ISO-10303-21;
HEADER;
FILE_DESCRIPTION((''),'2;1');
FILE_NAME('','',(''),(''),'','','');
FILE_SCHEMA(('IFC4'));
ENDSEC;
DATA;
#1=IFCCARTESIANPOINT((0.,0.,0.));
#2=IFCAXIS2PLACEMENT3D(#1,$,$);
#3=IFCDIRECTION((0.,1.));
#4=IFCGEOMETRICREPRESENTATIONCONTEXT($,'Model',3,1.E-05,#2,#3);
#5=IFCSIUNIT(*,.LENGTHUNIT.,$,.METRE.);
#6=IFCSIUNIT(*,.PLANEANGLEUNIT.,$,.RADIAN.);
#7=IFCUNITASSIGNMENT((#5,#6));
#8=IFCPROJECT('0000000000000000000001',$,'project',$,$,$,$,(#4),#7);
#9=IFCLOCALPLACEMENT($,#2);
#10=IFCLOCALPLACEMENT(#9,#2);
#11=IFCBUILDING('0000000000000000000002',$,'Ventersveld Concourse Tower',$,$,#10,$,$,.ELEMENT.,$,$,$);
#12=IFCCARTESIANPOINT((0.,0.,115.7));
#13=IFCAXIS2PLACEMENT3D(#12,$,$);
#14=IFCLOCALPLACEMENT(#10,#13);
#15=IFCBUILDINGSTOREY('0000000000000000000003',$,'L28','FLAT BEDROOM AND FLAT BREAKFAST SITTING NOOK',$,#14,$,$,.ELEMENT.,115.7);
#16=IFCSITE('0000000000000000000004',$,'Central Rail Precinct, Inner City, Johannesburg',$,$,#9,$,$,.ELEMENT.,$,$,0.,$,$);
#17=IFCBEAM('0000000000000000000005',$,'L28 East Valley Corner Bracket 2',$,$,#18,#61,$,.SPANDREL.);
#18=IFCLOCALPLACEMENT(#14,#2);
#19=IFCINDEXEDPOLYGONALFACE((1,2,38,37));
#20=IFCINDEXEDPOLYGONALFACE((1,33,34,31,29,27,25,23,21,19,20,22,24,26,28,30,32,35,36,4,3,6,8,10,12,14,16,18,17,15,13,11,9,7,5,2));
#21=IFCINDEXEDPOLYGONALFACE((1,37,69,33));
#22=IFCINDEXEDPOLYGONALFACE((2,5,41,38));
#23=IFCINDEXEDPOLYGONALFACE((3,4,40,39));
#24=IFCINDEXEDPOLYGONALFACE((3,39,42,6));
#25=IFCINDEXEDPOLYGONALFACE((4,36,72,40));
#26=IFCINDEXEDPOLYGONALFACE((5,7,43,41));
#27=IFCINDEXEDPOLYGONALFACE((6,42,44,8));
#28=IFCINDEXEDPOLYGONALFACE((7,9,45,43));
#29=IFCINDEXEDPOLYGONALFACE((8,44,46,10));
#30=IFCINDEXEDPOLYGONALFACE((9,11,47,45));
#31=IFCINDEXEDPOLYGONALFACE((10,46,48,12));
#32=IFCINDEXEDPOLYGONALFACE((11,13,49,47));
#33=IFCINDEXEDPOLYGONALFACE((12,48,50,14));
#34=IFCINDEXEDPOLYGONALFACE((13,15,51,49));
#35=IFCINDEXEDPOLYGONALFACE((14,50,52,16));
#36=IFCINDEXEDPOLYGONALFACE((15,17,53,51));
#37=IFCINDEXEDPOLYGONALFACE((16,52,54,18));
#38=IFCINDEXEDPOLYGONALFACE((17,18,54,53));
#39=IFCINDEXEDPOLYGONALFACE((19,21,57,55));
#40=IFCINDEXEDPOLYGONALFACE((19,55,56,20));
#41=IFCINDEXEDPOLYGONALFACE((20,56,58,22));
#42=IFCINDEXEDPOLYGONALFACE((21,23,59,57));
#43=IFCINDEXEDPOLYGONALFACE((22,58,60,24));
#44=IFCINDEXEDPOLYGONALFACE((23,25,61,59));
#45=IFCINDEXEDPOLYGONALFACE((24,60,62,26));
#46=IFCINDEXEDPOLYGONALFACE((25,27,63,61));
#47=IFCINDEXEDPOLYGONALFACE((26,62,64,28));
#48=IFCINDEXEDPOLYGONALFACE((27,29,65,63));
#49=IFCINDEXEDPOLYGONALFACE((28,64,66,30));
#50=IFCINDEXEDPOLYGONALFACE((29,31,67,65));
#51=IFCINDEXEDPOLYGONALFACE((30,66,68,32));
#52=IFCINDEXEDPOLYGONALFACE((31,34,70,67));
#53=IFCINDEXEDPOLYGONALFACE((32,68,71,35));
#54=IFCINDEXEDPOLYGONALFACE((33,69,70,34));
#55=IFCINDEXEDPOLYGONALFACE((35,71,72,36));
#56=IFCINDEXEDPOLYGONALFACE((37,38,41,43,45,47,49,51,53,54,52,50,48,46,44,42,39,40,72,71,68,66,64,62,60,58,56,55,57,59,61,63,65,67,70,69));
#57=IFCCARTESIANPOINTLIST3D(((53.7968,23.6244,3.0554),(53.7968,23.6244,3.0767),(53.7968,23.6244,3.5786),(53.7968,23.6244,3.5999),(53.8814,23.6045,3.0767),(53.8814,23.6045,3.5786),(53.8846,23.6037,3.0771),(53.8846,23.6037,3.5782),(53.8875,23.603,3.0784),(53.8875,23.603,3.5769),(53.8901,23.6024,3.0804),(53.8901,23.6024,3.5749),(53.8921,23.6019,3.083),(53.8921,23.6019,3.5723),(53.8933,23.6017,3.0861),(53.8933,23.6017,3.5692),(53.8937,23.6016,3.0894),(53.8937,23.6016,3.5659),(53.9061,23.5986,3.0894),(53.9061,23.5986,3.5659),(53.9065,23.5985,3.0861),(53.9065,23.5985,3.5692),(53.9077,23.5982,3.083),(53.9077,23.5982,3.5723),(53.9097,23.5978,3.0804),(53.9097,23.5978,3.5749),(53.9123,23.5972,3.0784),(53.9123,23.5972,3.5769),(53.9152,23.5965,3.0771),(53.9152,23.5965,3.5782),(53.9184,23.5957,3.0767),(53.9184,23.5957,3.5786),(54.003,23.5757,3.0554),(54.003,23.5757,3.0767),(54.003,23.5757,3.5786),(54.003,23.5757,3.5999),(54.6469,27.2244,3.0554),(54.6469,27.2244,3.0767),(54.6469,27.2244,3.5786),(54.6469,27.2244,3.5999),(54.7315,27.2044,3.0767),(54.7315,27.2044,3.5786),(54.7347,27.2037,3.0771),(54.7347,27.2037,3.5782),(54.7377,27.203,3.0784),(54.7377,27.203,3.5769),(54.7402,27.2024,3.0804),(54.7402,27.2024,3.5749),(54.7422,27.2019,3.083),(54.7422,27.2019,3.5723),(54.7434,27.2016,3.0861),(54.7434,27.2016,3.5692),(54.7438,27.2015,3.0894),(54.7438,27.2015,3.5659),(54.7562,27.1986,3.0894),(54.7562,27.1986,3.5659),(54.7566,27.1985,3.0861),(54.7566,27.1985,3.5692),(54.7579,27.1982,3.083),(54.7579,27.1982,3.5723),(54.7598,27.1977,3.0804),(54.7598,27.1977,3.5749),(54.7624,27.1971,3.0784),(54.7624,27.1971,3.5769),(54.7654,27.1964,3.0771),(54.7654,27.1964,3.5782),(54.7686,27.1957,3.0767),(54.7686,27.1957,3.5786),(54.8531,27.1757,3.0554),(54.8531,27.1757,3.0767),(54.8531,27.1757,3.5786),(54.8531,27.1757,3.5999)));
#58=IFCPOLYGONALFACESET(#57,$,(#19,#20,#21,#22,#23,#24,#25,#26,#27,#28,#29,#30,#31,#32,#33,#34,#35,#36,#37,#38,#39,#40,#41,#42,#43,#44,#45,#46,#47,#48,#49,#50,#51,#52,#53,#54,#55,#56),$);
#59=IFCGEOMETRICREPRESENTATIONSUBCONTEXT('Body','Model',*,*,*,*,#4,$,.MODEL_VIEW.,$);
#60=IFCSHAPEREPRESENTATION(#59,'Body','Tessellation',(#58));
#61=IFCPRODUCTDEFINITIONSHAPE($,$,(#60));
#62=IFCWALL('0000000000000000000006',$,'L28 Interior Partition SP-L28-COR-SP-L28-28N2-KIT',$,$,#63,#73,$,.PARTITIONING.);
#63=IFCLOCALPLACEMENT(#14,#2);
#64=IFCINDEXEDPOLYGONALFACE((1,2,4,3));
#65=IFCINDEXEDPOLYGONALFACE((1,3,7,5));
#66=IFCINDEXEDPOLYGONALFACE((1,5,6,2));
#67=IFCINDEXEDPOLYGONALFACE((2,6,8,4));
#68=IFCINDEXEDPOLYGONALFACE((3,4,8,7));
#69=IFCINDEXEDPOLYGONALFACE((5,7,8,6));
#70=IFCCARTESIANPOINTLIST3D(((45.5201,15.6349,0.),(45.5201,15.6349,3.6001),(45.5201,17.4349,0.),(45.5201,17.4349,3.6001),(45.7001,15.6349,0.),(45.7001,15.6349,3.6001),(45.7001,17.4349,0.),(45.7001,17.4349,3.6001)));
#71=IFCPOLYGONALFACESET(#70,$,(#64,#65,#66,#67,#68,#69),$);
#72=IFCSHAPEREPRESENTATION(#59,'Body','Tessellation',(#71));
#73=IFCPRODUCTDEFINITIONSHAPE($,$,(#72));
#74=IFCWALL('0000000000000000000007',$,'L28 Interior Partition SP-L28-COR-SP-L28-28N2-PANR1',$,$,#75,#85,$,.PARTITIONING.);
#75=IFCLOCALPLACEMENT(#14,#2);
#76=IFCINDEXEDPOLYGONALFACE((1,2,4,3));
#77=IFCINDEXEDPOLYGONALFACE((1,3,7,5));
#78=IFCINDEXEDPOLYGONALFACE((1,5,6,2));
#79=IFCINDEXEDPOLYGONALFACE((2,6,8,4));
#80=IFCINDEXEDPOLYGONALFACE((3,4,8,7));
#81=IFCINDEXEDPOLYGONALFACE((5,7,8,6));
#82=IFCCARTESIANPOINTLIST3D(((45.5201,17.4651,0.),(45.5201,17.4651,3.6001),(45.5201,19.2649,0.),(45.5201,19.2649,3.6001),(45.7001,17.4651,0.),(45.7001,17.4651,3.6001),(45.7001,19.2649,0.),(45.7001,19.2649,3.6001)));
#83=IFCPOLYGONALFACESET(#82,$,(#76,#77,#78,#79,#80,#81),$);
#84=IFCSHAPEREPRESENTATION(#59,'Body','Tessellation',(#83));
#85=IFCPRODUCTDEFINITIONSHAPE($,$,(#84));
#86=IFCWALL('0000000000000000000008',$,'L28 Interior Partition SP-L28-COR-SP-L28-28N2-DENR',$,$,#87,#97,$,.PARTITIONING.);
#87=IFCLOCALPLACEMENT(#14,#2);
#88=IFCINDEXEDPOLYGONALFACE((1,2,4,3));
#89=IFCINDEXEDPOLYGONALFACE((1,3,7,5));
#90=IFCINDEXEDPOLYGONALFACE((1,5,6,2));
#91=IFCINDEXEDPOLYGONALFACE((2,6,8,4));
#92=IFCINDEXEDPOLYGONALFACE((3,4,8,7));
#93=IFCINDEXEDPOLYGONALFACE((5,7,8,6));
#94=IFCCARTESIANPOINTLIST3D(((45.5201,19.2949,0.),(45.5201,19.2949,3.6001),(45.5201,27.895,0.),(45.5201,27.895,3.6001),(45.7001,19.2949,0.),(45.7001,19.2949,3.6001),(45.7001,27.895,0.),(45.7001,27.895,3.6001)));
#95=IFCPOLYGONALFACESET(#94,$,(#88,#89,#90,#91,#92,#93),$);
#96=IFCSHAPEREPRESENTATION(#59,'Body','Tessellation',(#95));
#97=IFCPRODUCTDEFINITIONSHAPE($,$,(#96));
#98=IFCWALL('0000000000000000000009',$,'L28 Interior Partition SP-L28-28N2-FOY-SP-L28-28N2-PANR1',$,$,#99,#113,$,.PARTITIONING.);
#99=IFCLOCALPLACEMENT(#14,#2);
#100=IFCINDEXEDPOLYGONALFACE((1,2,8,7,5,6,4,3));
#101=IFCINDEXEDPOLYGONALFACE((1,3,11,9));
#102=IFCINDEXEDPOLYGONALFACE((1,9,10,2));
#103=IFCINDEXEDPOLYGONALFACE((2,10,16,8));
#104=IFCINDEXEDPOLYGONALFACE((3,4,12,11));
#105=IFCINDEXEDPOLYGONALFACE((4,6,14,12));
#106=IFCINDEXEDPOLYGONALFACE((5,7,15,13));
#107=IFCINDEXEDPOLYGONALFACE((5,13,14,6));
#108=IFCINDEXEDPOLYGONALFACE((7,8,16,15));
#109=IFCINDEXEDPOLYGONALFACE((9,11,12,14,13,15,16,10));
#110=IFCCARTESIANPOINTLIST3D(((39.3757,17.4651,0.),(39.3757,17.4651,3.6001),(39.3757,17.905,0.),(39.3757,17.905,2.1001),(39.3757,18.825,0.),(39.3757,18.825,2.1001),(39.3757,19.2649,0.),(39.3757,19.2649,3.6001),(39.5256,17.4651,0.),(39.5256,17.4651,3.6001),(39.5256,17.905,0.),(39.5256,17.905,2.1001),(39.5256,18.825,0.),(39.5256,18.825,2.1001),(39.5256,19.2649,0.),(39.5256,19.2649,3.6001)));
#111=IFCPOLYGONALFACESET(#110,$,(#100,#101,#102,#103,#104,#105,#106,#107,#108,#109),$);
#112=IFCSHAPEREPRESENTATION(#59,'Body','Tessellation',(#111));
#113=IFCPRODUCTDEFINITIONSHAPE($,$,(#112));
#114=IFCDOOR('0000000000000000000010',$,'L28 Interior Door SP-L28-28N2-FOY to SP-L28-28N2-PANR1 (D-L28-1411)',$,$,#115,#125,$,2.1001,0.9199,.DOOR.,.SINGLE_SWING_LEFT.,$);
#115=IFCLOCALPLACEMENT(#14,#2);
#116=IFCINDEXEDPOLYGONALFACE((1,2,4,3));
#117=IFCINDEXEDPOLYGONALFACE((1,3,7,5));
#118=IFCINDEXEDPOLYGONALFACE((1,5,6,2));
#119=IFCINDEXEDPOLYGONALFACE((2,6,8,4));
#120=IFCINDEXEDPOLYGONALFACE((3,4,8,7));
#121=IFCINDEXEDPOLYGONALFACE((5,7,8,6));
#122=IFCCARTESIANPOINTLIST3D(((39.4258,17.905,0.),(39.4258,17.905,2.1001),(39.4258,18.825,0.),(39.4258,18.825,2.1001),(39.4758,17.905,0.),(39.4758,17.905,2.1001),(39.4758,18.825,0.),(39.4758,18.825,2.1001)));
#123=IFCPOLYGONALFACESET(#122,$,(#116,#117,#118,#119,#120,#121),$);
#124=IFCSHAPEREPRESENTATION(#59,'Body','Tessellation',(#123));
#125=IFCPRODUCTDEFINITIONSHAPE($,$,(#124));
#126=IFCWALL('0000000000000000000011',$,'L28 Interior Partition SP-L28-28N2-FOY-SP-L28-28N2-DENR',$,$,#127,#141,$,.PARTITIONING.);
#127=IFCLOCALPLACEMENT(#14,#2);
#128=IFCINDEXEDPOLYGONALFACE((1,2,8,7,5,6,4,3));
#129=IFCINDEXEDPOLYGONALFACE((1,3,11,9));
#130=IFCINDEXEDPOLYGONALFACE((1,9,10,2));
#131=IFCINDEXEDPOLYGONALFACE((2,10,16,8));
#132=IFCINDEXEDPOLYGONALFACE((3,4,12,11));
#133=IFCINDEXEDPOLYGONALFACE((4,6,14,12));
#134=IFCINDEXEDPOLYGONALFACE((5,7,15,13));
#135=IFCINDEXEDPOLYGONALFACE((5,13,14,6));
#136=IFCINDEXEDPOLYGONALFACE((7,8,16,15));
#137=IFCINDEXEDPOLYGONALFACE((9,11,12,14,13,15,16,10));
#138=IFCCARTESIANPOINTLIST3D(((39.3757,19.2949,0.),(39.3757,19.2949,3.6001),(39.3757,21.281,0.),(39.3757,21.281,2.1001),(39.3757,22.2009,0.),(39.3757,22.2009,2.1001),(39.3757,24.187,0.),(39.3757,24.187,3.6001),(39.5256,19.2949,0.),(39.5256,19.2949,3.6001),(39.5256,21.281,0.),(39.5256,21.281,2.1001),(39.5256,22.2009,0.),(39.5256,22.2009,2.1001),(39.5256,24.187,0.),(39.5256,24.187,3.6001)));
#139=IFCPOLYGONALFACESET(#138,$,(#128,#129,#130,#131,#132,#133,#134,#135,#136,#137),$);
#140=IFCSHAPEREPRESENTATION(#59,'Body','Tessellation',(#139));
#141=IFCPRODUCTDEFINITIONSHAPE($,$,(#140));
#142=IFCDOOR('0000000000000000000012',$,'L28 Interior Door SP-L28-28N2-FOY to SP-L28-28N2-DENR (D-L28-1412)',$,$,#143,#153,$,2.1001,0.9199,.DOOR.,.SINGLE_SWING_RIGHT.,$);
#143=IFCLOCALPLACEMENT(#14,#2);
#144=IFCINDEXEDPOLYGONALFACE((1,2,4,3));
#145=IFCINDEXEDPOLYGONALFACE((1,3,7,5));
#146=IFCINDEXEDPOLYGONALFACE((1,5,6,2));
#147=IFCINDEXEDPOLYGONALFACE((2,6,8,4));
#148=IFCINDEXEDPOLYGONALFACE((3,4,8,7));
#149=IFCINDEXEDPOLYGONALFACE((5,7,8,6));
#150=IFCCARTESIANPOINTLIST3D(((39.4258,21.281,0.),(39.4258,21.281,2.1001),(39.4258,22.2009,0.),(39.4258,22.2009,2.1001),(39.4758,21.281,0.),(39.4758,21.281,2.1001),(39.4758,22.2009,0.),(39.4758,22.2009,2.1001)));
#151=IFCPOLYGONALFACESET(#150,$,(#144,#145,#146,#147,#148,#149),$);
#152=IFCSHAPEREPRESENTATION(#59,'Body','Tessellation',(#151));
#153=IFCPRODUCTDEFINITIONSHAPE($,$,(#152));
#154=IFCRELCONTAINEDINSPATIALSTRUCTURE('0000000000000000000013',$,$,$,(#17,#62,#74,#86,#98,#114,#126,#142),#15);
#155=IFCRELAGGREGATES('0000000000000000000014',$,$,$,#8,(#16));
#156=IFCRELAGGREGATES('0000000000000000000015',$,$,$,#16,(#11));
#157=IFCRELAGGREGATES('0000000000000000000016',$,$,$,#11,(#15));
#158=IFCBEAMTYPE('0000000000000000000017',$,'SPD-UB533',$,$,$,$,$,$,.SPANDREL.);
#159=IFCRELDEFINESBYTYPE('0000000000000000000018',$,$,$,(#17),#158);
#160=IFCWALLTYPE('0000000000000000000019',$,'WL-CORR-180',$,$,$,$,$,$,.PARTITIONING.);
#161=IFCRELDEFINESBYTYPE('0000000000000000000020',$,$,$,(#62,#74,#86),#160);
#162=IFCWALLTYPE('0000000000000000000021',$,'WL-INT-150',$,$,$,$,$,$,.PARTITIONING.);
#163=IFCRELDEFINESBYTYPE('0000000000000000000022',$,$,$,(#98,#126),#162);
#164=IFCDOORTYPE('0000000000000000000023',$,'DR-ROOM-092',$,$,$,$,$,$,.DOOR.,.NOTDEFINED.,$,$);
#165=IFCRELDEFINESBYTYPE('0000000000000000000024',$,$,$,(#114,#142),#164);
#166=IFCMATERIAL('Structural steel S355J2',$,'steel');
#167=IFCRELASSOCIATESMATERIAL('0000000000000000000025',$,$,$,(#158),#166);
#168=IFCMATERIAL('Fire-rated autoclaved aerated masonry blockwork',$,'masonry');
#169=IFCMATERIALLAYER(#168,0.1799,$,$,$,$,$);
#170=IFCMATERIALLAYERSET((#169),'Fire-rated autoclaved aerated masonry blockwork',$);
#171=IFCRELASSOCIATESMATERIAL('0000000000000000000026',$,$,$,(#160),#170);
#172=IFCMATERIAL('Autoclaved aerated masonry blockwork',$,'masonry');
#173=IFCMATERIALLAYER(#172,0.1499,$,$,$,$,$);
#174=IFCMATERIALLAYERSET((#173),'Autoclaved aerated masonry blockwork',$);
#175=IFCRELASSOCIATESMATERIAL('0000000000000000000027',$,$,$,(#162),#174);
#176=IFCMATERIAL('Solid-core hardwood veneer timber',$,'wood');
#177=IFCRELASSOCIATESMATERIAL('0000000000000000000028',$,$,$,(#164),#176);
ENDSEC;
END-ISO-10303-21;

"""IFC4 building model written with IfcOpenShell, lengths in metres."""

from ifc_helpers import new_model, si_unit, direction, frame, frame_2d, origin, origin_2d, place, context, subcontext, project, spatial, rectangle, i_section, extrude, material, layer, layer_set, material_profile, profile_set, type_object, element, fill, save


model = new_model("IFC4")

# Units and contexts
model_context = context("Model", 3, precision=1e-05, world=origin(), true_north=direction((0.0, 1.0)))
body_context = subcontext(model_context, "Body", "Model", "MODEL_VIEW")
ifc_project = project(units=[si_unit("LENGTHUNIT", "METRE"), si_unit("PLANEANGLEUNIT", "RADIAN")], contexts=[model_context])

# Site, building, storey
site_placement = place(None, origin())
site = spatial("IfcSite", under=ifc_project, at=site_placement, Name="Central Rail Precinct, Inner City, Johannesburg", CompositionType="ELEMENT", RefElevation=0.0)
building_placement = place(site_placement, origin())
building = spatial("IfcBuilding", under=site, at=building_placement, Name="Ventersveld Concourse Tower", CompositionType="ELEMENT")
storey_placement = place(building_placement, frame((0.0, 0.0, 115.7)))
storey = spatial("IfcBuildingStorey", under=building, at=storey_placement, Name="L28", Description="FLAT BEDROOM AND FLAT BREAKFAST SITTING NOOK", CompositionType="ELEMENT", Elevation=115.7)

# Beam
ifc_material_1 = material(Name="Structural steel S355J2", Category="steel")
ifc_material_profile_1 = material_profile(ifc_material_1, i_section(OverallWidth=0.2119, OverallDepth=0.5444, WebThickness=0.0127, FlangeThickness=0.0212, FilletRadius=0.0127, at=origin_2d()), Name="UB 533x210x122")
ifc_profile_set_1 = profile_set([ifc_material_profile_1], Name="Structural steel S355J2")
beam_type_1 = type_object("IfcBeamType", Name="SPD-UB533", PredefinedType="SPANDREL", material=ifc_profile_set_1)
beam_1_placement = place(storey_placement, frame((53.8999, 23.6001, 3.3276), z_axis=(0.229827, 0.973232, 0.0), x_axis=(-0.973232, 0.229827, 0.0)))
element("IfcBeam", 1, at=beam_1_placement, inside=storey, type_object=beam_type_1, Name="L28 East Valley Corner Bracket 2", PredefinedType="SPANDREL", context=body_context, shape_type="SweptSolid", body=[
    extrude(i_section(OverallWidth=0.2119, OverallDepth=0.5444, WebThickness=0.0127, FlangeThickness=0.0212, FilletRadius=0.0127, at=origin_2d()), origin(), (0.0, 0.0, 1.0), 3.699),
])

# Walls
ifc_material_2 = material(Name="Fire-rated autoclaved aerated masonry blockwork", Category="masonry")
ifc_layer_1 = layer(ifc_material_2, 0.1799)
ifc_layer_set_1 = layer_set([ifc_layer_1], Name="Fire-rated autoclaved aerated masonry blockwork")
wall_type_1 = type_object("IfcWallType", Name="WL-CORR-180", PredefinedType="PARTITIONING", material=ifc_layer_set_1)
wall_1_placement = place(storey_placement, frame((45.6101, 15.635, 0.0), z_axis=(0.0, 0.0, 1.0), x_axis=(0.0, 1.0, 0.0)))
element("IfcWall", 2, at=wall_1_placement, inside=storey, type_object=wall_type_1, Name="L28 Interior Partition SP-L28-COR-SP-L28-28N2-KIT", PredefinedType="PARTITIONING", context=body_context, shape_type="SweptSolid", body=[
    extrude(rectangle(XDim=1.8, YDim=0.1799, at=frame_2d((0.8999, 0.0))), origin(), (0.0, 0.0, 1.0), 3.6001),
])
wall_2_placement = place(storey_placement, frame((45.6101, 17.4651, 0.0), z_axis=(0.0, 0.0, 1.0), x_axis=(0.0, 1.0, 0.0)))
element("IfcWall", 3, at=wall_2_placement, inside=storey, type_object=wall_type_1, Name="L28 Interior Partition SP-L28-COR-SP-L28-28N2-PANR1", PredefinedType="PARTITIONING", context=body_context, shape_type="SweptSolid", body=[
    extrude(rectangle(XDim=1.7998, YDim=0.1799, at=frame_2d((0.8999, 0.0))), origin(), (0.0, 0.0, 1.0), 3.6001),
])
wall_3_placement = place(storey_placement, frame((45.6101, 19.2949, 0.0), z_axis=(0.0, 0.0, 1.0), x_axis=(0.0, 1.0, 0.0)))
element("IfcWall", 4, at=wall_3_placement, inside=storey, type_object=wall_type_1, Name="L28 Interior Partition SP-L28-COR-SP-L28-28N2-DENR", PredefinedType="PARTITIONING", context=body_context, shape_type="SweptSolid", body=[
    extrude(rectangle(XDim=8.6001, YDim=0.1799, at=frame_2d((4.3, 0.0))), origin(), (0.0, 0.0, 1.0), 3.6001),
])

# Walls, openings, doors
ifc_material_3 = material(Name="Autoclaved aerated masonry blockwork", Category="masonry")
ifc_layer_2 = layer(ifc_material_3, 0.1499)
ifc_layer_set_2 = layer_set([ifc_layer_2], Name="Autoclaved aerated masonry blockwork")
wall_type_2 = type_object("IfcWallType", Name="WL-INT-150", PredefinedType="PARTITIONING", material=ifc_layer_set_2)
wall_4_placement = place(storey_placement, frame((39.4507, 17.4651, 0.0), z_axis=(0.0, 0.0, 1.0), x_axis=(0.0, 1.0, 0.0)))
wall_4 = element("IfcWall", 5, at=wall_4_placement, inside=storey, type_object=wall_type_2, Name="L28 Interior Partition SP-L28-28N2-FOY-SP-L28-28N2-PANR1", PredefinedType="PARTITIONING", context=body_context, shape_type="SweptSolid", body=[
    extrude(rectangle(XDim=1.7998, YDim=0.1499, at=frame_2d((0.8999, 0.0))), origin(), (0.0, 0.0, 1.0), 3.6001),
])
opening_1_placement = place(wall_4_placement, frame((0.4399, 0.0, 0.0)))
opening_1 = element("IfcOpeningElement", 6, at=opening_1_placement, cuts=wall_4, PredefinedType="OPENING", context=body_context, shape_type="SweptSolid", body=[
    extrude(rectangle(XDim=0.9199, YDim=2.1001, at=frame_2d((0.46, 1.05))), frame((0.0, 0.085, 0.0), z_axis=(0.0, -1.0, 0.0), x_axis=(1.0, 0.0, 0.0)), (0.0, 0.0, 1.0), 0.1699),
])
ifc_material_4 = material(Name="Solid-core hardwood veneer timber", Category="wood")
door_type_1 = type_object("IfcDoorType", Name="DR-ROOM-092", OperationType="NOTDEFINED", PredefinedType="DOOR", material=ifc_material_4)
door_1_placement = place(opening_1_placement, origin())
door_1 = element("IfcDoor", 7, at=door_1_placement, inside=storey, type_object=door_type_1, Name="L28 Interior Door SP-L28-28N2-FOY to SP-L28-28N2-PANR1 (D-L28-1411)", OperationType="SINGLE_SWING_LEFT", OverallHeight=2.1001, OverallWidth=0.9199, PredefinedType="DOOR", context=body_context, shape_type="SweptSolid", body=[
    extrude(rectangle(XDim=0.9199, YDim=2.1001, at=frame_2d((0.46, 1.05))), frame((0.0, 0.0249, 0.0), z_axis=(0.0, -1.0, 0.0), x_axis=(1.0, 0.0, 0.0)), (0.0, 0.0, 1.0), 0.05),
])
fill(opening_1, door_1)
wall_5_placement = place(storey_placement, frame((39.4507, 19.2949, 0.0), z_axis=(0.0, 0.0, 1.0), x_axis=(0.0, 1.0, 0.0)))
wall_5 = element("IfcWall", 8, at=wall_5_placement, inside=storey, type_object=wall_type_2, Name="L28 Interior Partition SP-L28-28N2-FOY-SP-L28-28N2-DENR", PredefinedType="PARTITIONING", context=body_context, shape_type="SweptSolid", body=[
    extrude(rectangle(XDim=4.8921, YDim=0.1499, at=frame_2d((2.446, 0.0))), origin(), (0.0, 0.0, 1.0), 3.6001),
])
opening_2_placement = place(wall_5_placement, frame((1.9861, 0.0, 0.0)))
opening_2 = element("IfcOpeningElement", 9, at=opening_2_placement, cuts=wall_5, PredefinedType="OPENING", context=body_context, shape_type="SweptSolid", body=[
    extrude(rectangle(XDim=0.9199, YDim=2.1001, at=frame_2d((0.46, 1.05))), frame((0.0, 0.085, 0.0), z_axis=(0.0, -1.0, 0.0), x_axis=(1.0, 0.0, 0.0)), (0.0, 0.0, 1.0), 0.1699),
])
door_2_placement = place(opening_2_placement, origin())
door_2 = element("IfcDoor", 10, at=door_2_placement, inside=storey, type_object=door_type_1, Name="L28 Interior Door SP-L28-28N2-FOY to SP-L28-28N2-DENR (D-L28-1412)", OperationType="SINGLE_SWING_RIGHT", OverallHeight=2.1001, OverallWidth=0.9199, PredefinedType="DOOR", context=body_context, shape_type="SweptSolid", body=[
    extrude(rectangle(XDim=0.9199, YDim=2.1001, at=frame_2d((0.46, 1.05))), frame((0.0, 0.0249, 0.0), z_axis=(0.0, -1.0, 0.0), x_axis=(1.0, 0.0, 0.0)), (0.0, 0.0, 1.0), 0.05),
])
fill(opening_2, door_2)

save(model, "model.ifc")
